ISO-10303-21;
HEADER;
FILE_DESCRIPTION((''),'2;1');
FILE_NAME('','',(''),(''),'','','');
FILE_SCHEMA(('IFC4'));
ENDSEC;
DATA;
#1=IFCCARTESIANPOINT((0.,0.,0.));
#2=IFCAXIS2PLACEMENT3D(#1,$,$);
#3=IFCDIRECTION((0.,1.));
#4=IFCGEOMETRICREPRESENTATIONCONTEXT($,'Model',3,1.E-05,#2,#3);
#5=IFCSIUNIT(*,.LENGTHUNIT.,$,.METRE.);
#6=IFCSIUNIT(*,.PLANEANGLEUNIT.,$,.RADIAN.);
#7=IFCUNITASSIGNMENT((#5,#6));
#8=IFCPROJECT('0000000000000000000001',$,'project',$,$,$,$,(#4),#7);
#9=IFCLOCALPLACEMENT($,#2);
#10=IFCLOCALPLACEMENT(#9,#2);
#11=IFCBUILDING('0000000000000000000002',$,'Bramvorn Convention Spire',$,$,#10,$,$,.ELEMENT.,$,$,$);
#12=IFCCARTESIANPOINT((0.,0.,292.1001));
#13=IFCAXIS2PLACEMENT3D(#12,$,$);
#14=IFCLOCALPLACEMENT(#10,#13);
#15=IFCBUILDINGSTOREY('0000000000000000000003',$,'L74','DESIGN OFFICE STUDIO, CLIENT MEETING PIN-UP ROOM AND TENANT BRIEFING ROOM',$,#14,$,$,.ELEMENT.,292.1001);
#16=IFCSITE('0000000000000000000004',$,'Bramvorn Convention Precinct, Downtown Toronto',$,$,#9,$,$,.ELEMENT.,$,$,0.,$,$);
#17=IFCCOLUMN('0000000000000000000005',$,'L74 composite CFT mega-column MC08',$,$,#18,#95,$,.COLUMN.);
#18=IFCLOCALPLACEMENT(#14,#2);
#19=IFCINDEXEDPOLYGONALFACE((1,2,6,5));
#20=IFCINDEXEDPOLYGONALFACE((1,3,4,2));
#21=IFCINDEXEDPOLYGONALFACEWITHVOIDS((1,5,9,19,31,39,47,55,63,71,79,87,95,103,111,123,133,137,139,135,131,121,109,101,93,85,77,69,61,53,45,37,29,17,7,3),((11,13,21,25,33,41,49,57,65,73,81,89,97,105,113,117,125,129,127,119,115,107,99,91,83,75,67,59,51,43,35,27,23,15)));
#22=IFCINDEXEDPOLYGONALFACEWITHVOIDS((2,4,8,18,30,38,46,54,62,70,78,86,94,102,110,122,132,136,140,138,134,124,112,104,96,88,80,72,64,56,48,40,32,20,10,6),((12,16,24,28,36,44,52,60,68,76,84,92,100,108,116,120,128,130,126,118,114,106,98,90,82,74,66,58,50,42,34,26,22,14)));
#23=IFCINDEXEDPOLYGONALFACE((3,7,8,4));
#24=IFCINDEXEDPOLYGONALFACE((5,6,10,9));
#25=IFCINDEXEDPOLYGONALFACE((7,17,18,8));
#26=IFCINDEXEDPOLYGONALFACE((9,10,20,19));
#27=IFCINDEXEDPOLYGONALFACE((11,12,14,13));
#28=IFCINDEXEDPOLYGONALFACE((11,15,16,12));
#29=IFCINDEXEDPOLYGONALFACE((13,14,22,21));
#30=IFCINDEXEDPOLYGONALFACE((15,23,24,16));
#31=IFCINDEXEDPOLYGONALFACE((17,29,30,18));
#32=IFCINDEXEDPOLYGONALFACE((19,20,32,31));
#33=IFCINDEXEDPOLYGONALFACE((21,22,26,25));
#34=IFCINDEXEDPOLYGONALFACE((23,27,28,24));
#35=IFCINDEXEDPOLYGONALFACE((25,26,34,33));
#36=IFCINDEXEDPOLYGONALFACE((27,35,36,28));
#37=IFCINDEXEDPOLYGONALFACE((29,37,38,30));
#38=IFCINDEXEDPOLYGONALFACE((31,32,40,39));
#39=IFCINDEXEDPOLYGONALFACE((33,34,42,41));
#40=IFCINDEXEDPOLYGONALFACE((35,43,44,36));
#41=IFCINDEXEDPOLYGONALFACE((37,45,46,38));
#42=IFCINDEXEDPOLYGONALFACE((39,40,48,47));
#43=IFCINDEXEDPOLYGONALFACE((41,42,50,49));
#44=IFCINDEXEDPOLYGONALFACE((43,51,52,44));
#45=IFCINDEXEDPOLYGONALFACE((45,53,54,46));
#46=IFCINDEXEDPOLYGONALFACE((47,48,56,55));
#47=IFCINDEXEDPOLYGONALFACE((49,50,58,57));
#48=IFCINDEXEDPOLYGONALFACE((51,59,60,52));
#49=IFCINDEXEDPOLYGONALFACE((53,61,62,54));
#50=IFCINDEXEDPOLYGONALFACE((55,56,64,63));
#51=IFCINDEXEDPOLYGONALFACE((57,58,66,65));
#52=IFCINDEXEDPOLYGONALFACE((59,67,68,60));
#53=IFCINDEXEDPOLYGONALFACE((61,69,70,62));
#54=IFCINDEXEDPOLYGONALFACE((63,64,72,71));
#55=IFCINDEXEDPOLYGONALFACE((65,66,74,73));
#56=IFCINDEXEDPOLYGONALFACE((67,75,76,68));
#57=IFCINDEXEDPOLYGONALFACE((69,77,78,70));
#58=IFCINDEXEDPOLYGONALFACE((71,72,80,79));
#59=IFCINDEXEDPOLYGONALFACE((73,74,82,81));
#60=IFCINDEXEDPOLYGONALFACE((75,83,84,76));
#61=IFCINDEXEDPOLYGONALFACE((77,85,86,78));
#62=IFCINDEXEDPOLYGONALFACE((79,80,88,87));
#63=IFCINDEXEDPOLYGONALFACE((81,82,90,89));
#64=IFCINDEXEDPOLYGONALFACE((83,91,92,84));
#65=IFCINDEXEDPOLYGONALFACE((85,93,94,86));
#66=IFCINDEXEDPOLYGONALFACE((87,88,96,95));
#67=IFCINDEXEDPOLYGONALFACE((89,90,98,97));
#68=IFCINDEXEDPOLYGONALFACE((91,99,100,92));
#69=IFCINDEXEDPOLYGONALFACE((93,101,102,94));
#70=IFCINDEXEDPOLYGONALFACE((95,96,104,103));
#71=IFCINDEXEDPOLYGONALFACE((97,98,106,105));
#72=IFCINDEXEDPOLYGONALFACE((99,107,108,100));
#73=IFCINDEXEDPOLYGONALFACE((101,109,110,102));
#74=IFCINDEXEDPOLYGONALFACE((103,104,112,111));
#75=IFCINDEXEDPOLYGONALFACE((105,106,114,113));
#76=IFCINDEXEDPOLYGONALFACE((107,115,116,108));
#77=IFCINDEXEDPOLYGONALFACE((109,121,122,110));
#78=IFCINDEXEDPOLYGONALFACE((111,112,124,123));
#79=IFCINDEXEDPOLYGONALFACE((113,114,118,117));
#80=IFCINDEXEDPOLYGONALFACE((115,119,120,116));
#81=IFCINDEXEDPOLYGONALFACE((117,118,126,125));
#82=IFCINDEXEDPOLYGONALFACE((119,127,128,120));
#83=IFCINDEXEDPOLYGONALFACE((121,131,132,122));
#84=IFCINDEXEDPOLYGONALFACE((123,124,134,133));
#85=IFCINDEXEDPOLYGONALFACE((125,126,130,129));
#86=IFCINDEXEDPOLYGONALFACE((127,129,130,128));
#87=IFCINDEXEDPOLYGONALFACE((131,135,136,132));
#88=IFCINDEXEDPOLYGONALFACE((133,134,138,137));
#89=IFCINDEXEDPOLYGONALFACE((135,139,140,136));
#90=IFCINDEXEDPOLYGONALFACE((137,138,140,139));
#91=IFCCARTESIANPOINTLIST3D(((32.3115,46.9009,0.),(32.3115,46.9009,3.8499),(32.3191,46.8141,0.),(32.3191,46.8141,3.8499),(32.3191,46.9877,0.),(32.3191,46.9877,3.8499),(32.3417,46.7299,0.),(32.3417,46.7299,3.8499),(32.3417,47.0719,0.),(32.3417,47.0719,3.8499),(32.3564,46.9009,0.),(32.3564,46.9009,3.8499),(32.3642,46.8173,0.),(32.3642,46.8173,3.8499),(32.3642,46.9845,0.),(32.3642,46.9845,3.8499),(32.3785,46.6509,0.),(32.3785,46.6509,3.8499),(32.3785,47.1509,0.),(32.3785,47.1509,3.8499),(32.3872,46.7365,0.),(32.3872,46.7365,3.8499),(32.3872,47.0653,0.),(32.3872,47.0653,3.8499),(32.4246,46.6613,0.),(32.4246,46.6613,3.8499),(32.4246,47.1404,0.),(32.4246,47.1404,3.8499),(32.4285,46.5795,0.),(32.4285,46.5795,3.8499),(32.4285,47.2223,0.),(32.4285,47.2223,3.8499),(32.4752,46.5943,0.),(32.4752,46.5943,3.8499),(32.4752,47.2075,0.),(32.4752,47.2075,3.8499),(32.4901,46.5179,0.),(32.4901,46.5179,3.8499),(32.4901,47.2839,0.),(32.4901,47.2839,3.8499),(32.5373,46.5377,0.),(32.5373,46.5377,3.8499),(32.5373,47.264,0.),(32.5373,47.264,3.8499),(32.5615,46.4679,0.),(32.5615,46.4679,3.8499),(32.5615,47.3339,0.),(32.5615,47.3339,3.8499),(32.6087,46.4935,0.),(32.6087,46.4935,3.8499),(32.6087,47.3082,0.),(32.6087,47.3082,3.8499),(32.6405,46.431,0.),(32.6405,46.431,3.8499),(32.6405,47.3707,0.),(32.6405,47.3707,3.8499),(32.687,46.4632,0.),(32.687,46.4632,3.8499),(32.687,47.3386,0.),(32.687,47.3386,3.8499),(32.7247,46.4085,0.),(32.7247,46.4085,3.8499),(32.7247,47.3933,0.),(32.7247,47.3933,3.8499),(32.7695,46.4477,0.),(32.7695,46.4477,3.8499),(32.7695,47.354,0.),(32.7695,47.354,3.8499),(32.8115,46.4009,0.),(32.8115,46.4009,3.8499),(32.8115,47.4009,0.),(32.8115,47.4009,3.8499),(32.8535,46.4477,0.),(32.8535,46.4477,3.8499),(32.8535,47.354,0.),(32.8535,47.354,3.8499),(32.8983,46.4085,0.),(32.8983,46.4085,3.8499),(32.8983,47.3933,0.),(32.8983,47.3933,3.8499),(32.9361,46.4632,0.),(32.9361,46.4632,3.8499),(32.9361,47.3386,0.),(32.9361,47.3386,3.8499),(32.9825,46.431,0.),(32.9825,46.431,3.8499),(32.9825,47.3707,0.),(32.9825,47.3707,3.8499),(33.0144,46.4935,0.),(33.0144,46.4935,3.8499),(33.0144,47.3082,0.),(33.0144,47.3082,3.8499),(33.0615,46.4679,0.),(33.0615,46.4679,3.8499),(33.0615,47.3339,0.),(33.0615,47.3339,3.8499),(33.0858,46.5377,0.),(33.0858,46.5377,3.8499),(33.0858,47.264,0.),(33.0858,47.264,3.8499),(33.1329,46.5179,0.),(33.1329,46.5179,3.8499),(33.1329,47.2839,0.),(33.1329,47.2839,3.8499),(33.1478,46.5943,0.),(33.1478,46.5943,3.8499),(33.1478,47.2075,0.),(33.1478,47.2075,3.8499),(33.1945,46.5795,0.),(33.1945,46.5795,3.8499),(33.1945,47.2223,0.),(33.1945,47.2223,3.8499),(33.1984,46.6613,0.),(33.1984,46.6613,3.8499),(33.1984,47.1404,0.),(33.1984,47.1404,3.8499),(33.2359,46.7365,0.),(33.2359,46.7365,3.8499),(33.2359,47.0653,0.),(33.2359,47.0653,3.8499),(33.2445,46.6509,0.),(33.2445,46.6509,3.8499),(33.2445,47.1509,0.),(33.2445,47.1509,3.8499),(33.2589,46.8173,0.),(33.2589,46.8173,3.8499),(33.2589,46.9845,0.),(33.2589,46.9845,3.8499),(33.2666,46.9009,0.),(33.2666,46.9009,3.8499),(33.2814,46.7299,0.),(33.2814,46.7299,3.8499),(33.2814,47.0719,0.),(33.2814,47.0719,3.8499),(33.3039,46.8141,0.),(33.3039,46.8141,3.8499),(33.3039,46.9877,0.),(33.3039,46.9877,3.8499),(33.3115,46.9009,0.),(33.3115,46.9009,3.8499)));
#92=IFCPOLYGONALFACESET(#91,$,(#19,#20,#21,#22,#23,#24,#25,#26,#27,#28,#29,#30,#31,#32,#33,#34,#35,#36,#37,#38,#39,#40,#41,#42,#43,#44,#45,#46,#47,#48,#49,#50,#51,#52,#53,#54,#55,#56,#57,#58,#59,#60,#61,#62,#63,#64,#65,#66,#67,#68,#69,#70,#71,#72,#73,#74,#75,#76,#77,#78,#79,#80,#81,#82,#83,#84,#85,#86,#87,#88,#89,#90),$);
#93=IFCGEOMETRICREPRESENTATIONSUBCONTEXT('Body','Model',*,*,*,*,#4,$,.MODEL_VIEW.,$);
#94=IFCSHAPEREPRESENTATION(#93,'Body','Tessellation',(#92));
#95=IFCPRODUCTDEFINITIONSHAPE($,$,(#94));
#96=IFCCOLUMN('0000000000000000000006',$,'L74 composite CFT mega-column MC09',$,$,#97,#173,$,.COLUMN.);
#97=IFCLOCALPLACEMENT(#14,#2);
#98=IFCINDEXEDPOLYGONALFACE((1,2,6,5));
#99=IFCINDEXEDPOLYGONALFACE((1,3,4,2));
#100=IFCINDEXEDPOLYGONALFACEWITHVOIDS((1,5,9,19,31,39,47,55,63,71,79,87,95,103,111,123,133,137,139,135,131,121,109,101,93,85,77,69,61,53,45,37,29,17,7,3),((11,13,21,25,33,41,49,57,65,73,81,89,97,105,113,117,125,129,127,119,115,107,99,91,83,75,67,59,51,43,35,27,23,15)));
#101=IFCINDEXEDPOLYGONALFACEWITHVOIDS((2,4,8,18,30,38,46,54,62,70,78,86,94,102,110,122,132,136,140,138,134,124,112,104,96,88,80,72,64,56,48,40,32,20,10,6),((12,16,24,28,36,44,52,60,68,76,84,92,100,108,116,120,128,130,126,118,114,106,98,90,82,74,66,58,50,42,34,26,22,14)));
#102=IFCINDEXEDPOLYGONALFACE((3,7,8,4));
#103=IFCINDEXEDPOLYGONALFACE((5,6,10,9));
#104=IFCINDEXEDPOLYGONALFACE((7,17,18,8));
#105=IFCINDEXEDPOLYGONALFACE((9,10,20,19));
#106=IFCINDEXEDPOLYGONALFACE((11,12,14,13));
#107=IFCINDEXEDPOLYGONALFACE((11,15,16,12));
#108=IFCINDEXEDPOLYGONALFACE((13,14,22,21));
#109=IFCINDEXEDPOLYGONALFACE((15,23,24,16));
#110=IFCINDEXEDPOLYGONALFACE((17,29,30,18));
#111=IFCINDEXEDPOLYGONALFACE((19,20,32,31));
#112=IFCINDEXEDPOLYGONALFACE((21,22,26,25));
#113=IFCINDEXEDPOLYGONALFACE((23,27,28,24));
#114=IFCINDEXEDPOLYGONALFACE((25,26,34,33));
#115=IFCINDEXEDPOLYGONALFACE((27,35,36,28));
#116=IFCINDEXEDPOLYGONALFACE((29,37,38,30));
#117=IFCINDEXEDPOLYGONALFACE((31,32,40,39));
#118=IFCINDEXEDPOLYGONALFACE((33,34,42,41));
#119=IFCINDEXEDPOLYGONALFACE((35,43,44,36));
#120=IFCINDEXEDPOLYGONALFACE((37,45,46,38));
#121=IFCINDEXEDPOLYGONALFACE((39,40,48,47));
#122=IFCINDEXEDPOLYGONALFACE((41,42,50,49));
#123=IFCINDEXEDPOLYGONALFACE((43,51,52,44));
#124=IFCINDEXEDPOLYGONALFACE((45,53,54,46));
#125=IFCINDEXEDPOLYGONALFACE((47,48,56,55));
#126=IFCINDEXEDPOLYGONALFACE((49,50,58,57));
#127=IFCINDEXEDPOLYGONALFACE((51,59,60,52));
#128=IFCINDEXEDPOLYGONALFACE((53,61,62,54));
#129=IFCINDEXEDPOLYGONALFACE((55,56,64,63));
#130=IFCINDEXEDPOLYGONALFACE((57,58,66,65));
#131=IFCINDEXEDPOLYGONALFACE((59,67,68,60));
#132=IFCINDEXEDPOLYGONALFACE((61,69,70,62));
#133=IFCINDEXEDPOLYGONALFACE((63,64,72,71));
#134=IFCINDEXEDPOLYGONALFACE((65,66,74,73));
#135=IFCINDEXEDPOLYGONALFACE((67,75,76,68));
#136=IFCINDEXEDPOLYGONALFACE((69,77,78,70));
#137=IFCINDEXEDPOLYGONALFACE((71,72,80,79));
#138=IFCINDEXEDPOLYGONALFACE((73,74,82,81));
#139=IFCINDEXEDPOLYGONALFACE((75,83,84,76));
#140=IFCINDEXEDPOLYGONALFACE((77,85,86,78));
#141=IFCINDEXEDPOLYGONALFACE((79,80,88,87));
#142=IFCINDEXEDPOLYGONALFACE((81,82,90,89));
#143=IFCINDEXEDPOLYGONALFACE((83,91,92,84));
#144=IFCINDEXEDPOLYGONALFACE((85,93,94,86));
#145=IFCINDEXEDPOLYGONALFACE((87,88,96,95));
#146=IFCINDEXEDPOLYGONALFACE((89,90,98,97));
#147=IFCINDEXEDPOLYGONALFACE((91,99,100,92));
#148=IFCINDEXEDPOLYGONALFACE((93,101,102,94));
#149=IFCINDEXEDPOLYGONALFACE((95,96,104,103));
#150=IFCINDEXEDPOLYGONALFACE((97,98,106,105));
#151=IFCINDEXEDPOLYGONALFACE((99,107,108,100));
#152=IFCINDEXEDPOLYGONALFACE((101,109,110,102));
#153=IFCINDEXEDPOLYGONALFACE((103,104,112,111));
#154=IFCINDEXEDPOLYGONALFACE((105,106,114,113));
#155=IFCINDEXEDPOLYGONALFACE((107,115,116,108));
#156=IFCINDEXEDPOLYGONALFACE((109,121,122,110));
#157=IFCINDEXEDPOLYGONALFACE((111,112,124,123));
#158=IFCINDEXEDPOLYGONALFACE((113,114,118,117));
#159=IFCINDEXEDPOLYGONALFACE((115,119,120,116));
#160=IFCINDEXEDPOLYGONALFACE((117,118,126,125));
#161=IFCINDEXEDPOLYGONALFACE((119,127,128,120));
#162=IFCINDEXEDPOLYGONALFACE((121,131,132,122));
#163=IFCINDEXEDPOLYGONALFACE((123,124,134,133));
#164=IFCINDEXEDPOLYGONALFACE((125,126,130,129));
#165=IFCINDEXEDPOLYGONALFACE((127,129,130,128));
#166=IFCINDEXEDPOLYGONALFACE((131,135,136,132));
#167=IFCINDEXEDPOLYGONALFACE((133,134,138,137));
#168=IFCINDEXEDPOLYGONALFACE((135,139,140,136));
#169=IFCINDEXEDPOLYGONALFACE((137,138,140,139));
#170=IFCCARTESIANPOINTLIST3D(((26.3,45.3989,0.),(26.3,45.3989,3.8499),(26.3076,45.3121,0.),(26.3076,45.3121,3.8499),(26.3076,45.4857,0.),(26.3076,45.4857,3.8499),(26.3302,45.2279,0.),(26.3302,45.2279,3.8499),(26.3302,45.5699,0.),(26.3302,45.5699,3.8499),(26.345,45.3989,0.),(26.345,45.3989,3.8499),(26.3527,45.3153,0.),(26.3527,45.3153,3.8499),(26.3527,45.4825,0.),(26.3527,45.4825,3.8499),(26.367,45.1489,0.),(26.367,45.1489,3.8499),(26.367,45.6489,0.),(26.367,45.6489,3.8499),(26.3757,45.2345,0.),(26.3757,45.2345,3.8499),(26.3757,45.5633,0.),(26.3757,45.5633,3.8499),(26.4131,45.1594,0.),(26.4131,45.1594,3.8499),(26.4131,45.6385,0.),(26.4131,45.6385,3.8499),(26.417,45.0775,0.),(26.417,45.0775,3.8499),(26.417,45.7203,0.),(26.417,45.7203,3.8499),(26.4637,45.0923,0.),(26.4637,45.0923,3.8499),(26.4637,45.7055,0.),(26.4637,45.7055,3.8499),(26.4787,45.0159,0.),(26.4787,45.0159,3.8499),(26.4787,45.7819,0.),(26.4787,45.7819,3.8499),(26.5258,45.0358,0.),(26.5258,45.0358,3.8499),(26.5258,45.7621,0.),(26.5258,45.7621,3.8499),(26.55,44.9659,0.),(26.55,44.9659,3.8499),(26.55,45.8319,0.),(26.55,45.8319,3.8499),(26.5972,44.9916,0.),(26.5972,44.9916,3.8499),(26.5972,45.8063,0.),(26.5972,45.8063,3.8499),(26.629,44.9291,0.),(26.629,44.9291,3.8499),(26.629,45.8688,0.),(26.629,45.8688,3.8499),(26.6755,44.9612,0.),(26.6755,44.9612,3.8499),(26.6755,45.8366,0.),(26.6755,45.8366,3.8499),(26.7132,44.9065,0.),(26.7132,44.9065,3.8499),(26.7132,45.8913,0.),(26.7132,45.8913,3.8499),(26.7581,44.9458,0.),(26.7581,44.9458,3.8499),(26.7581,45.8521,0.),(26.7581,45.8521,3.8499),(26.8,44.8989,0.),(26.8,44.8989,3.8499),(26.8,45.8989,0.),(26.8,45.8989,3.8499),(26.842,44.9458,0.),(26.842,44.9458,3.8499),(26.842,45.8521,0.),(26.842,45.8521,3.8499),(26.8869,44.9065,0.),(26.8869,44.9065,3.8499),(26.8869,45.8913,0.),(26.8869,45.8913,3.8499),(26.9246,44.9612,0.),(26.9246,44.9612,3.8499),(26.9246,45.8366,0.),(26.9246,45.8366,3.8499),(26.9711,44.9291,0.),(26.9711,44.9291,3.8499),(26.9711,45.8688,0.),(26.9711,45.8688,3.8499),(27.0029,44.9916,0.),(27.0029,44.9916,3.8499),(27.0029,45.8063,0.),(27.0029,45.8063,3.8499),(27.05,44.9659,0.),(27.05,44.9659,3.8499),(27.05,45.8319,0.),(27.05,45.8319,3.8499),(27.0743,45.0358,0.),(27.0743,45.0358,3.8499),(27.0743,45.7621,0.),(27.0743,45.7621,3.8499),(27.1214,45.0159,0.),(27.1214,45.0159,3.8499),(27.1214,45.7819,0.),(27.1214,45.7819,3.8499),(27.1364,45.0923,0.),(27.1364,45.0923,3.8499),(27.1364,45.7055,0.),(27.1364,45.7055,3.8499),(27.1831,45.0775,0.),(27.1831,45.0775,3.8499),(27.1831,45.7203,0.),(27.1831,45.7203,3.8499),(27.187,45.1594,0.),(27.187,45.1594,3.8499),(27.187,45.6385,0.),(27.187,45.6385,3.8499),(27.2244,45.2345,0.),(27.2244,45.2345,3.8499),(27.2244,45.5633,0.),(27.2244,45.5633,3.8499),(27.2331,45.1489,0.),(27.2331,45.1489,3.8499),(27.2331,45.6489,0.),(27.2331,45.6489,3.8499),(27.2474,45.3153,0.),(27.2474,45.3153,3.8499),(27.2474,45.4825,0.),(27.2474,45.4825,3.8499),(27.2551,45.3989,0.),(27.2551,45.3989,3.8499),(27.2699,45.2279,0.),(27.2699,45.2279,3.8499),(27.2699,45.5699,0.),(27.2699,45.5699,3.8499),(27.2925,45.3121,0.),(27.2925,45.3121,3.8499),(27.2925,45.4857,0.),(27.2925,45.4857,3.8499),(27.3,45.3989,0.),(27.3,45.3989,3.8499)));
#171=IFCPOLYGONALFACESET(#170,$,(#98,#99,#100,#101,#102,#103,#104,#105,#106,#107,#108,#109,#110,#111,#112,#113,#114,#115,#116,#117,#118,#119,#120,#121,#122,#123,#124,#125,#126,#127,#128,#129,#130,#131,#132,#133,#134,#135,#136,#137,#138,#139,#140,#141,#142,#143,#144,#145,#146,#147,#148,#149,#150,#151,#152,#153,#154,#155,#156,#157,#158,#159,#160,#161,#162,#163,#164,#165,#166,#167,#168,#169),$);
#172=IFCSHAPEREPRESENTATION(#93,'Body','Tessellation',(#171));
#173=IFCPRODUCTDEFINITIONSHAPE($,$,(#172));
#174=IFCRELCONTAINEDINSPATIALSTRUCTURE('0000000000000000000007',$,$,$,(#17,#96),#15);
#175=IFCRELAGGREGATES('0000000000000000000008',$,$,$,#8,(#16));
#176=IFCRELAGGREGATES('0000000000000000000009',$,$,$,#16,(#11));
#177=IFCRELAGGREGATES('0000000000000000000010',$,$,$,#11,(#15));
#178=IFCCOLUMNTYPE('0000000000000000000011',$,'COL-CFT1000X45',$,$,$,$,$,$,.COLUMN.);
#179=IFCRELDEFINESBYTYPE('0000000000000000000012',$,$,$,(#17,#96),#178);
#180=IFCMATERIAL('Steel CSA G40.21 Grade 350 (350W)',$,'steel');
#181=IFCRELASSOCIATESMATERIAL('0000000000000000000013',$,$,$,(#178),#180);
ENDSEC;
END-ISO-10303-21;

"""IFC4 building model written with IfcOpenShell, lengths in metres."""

from ifc_helpers import new_model, si_unit, direction, frame, origin, origin_2d, place, context, subcontext, project, spatial, hollow_circle, extrude, material, material_profile, profile_set, type_object, element, save


model = new_model("IFC4")

# Units and contexts
model_context = context("Model", 3, precision=1e-05, world=origin(), true_north=direction((0.0, 1.0)))
body_context = subcontext(model_context, "Body", "Model", "MODEL_VIEW")
ifc_project = project(units=[si_unit("LENGTHUNIT", "METRE"), si_unit("PLANEANGLEUNIT", "RADIAN")], contexts=[model_context])

# Site, building, storey
site_placement = place(None, origin())
site = spatial("IfcSite", under=ifc_project, at=site_placement, Name="Bramvorn Convention Precinct, Downtown Toronto", CompositionType="ELEMENT", RefElevation=0.0)
building_placement = place(site_placement, origin())
building = spatial("IfcBuilding", under=site, at=building_placement, Name="Bramvorn Convention Spire", CompositionType="ELEMENT")
storey_placement = place(building_placement, frame((0.0, 0.0, 292.1001)))
storey = spatial("IfcBuildingStorey", under=building, at=storey_placement, Name="L74", Description="DESIGN OFFICE STUDIO, CLIENT MEETING PIN-UP ROOM AND TENANT BRIEFING ROOM", CompositionType="ELEMENT", Elevation=292.1001)

# Columns
ifc_material_1 = material(Name="Steel CSA G40.21 Grade 350 (350W)", Category="steel")
ifc_material_profile_1 = material_profile(ifc_material_1, hollow_circle(Radius=0.5, WallThickness=0.0449, at=origin_2d()))
ifc_profile_set_1 = profile_set([ifc_material_profile_1], Name="Steel CSA G40.21 Grade 350 (350W) - CFT1000X45")
column_type = type_object("IfcColumnType", Name="COL-CFT1000X45", PredefinedType="COLUMN", material=ifc_profile_set_1)
for number, where, z_axis, x_axis, name in (
    (1, (32.8115, 46.9009, 0.0), (0.0, 0.0, 1.0), (1.0, 0.0, 0.0), "L74 composite CFT mega-column MC08"),
    (2, (26.8, 45.3989, 0.0), (0.0, 0.0, 1.0), (1.0, 0.0, 0.0), "L74 composite CFT mega-column MC09"),
):
    element("IfcColumn", number, at=place(storey_placement, frame(where, z_axis=z_axis, x_axis=x_axis)), inside=storey, type_object=column_type, Name=name, PredefinedType="COLUMN", context=body_context, shape_type="SweptSolid", body=[
        extrude(hollow_circle(Radius=0.5, WallThickness=0.0449, at=origin_2d()), origin(), (0.0, 0.0, 1.0), 3.8499),
    ])

save(model, "model.ifc")
